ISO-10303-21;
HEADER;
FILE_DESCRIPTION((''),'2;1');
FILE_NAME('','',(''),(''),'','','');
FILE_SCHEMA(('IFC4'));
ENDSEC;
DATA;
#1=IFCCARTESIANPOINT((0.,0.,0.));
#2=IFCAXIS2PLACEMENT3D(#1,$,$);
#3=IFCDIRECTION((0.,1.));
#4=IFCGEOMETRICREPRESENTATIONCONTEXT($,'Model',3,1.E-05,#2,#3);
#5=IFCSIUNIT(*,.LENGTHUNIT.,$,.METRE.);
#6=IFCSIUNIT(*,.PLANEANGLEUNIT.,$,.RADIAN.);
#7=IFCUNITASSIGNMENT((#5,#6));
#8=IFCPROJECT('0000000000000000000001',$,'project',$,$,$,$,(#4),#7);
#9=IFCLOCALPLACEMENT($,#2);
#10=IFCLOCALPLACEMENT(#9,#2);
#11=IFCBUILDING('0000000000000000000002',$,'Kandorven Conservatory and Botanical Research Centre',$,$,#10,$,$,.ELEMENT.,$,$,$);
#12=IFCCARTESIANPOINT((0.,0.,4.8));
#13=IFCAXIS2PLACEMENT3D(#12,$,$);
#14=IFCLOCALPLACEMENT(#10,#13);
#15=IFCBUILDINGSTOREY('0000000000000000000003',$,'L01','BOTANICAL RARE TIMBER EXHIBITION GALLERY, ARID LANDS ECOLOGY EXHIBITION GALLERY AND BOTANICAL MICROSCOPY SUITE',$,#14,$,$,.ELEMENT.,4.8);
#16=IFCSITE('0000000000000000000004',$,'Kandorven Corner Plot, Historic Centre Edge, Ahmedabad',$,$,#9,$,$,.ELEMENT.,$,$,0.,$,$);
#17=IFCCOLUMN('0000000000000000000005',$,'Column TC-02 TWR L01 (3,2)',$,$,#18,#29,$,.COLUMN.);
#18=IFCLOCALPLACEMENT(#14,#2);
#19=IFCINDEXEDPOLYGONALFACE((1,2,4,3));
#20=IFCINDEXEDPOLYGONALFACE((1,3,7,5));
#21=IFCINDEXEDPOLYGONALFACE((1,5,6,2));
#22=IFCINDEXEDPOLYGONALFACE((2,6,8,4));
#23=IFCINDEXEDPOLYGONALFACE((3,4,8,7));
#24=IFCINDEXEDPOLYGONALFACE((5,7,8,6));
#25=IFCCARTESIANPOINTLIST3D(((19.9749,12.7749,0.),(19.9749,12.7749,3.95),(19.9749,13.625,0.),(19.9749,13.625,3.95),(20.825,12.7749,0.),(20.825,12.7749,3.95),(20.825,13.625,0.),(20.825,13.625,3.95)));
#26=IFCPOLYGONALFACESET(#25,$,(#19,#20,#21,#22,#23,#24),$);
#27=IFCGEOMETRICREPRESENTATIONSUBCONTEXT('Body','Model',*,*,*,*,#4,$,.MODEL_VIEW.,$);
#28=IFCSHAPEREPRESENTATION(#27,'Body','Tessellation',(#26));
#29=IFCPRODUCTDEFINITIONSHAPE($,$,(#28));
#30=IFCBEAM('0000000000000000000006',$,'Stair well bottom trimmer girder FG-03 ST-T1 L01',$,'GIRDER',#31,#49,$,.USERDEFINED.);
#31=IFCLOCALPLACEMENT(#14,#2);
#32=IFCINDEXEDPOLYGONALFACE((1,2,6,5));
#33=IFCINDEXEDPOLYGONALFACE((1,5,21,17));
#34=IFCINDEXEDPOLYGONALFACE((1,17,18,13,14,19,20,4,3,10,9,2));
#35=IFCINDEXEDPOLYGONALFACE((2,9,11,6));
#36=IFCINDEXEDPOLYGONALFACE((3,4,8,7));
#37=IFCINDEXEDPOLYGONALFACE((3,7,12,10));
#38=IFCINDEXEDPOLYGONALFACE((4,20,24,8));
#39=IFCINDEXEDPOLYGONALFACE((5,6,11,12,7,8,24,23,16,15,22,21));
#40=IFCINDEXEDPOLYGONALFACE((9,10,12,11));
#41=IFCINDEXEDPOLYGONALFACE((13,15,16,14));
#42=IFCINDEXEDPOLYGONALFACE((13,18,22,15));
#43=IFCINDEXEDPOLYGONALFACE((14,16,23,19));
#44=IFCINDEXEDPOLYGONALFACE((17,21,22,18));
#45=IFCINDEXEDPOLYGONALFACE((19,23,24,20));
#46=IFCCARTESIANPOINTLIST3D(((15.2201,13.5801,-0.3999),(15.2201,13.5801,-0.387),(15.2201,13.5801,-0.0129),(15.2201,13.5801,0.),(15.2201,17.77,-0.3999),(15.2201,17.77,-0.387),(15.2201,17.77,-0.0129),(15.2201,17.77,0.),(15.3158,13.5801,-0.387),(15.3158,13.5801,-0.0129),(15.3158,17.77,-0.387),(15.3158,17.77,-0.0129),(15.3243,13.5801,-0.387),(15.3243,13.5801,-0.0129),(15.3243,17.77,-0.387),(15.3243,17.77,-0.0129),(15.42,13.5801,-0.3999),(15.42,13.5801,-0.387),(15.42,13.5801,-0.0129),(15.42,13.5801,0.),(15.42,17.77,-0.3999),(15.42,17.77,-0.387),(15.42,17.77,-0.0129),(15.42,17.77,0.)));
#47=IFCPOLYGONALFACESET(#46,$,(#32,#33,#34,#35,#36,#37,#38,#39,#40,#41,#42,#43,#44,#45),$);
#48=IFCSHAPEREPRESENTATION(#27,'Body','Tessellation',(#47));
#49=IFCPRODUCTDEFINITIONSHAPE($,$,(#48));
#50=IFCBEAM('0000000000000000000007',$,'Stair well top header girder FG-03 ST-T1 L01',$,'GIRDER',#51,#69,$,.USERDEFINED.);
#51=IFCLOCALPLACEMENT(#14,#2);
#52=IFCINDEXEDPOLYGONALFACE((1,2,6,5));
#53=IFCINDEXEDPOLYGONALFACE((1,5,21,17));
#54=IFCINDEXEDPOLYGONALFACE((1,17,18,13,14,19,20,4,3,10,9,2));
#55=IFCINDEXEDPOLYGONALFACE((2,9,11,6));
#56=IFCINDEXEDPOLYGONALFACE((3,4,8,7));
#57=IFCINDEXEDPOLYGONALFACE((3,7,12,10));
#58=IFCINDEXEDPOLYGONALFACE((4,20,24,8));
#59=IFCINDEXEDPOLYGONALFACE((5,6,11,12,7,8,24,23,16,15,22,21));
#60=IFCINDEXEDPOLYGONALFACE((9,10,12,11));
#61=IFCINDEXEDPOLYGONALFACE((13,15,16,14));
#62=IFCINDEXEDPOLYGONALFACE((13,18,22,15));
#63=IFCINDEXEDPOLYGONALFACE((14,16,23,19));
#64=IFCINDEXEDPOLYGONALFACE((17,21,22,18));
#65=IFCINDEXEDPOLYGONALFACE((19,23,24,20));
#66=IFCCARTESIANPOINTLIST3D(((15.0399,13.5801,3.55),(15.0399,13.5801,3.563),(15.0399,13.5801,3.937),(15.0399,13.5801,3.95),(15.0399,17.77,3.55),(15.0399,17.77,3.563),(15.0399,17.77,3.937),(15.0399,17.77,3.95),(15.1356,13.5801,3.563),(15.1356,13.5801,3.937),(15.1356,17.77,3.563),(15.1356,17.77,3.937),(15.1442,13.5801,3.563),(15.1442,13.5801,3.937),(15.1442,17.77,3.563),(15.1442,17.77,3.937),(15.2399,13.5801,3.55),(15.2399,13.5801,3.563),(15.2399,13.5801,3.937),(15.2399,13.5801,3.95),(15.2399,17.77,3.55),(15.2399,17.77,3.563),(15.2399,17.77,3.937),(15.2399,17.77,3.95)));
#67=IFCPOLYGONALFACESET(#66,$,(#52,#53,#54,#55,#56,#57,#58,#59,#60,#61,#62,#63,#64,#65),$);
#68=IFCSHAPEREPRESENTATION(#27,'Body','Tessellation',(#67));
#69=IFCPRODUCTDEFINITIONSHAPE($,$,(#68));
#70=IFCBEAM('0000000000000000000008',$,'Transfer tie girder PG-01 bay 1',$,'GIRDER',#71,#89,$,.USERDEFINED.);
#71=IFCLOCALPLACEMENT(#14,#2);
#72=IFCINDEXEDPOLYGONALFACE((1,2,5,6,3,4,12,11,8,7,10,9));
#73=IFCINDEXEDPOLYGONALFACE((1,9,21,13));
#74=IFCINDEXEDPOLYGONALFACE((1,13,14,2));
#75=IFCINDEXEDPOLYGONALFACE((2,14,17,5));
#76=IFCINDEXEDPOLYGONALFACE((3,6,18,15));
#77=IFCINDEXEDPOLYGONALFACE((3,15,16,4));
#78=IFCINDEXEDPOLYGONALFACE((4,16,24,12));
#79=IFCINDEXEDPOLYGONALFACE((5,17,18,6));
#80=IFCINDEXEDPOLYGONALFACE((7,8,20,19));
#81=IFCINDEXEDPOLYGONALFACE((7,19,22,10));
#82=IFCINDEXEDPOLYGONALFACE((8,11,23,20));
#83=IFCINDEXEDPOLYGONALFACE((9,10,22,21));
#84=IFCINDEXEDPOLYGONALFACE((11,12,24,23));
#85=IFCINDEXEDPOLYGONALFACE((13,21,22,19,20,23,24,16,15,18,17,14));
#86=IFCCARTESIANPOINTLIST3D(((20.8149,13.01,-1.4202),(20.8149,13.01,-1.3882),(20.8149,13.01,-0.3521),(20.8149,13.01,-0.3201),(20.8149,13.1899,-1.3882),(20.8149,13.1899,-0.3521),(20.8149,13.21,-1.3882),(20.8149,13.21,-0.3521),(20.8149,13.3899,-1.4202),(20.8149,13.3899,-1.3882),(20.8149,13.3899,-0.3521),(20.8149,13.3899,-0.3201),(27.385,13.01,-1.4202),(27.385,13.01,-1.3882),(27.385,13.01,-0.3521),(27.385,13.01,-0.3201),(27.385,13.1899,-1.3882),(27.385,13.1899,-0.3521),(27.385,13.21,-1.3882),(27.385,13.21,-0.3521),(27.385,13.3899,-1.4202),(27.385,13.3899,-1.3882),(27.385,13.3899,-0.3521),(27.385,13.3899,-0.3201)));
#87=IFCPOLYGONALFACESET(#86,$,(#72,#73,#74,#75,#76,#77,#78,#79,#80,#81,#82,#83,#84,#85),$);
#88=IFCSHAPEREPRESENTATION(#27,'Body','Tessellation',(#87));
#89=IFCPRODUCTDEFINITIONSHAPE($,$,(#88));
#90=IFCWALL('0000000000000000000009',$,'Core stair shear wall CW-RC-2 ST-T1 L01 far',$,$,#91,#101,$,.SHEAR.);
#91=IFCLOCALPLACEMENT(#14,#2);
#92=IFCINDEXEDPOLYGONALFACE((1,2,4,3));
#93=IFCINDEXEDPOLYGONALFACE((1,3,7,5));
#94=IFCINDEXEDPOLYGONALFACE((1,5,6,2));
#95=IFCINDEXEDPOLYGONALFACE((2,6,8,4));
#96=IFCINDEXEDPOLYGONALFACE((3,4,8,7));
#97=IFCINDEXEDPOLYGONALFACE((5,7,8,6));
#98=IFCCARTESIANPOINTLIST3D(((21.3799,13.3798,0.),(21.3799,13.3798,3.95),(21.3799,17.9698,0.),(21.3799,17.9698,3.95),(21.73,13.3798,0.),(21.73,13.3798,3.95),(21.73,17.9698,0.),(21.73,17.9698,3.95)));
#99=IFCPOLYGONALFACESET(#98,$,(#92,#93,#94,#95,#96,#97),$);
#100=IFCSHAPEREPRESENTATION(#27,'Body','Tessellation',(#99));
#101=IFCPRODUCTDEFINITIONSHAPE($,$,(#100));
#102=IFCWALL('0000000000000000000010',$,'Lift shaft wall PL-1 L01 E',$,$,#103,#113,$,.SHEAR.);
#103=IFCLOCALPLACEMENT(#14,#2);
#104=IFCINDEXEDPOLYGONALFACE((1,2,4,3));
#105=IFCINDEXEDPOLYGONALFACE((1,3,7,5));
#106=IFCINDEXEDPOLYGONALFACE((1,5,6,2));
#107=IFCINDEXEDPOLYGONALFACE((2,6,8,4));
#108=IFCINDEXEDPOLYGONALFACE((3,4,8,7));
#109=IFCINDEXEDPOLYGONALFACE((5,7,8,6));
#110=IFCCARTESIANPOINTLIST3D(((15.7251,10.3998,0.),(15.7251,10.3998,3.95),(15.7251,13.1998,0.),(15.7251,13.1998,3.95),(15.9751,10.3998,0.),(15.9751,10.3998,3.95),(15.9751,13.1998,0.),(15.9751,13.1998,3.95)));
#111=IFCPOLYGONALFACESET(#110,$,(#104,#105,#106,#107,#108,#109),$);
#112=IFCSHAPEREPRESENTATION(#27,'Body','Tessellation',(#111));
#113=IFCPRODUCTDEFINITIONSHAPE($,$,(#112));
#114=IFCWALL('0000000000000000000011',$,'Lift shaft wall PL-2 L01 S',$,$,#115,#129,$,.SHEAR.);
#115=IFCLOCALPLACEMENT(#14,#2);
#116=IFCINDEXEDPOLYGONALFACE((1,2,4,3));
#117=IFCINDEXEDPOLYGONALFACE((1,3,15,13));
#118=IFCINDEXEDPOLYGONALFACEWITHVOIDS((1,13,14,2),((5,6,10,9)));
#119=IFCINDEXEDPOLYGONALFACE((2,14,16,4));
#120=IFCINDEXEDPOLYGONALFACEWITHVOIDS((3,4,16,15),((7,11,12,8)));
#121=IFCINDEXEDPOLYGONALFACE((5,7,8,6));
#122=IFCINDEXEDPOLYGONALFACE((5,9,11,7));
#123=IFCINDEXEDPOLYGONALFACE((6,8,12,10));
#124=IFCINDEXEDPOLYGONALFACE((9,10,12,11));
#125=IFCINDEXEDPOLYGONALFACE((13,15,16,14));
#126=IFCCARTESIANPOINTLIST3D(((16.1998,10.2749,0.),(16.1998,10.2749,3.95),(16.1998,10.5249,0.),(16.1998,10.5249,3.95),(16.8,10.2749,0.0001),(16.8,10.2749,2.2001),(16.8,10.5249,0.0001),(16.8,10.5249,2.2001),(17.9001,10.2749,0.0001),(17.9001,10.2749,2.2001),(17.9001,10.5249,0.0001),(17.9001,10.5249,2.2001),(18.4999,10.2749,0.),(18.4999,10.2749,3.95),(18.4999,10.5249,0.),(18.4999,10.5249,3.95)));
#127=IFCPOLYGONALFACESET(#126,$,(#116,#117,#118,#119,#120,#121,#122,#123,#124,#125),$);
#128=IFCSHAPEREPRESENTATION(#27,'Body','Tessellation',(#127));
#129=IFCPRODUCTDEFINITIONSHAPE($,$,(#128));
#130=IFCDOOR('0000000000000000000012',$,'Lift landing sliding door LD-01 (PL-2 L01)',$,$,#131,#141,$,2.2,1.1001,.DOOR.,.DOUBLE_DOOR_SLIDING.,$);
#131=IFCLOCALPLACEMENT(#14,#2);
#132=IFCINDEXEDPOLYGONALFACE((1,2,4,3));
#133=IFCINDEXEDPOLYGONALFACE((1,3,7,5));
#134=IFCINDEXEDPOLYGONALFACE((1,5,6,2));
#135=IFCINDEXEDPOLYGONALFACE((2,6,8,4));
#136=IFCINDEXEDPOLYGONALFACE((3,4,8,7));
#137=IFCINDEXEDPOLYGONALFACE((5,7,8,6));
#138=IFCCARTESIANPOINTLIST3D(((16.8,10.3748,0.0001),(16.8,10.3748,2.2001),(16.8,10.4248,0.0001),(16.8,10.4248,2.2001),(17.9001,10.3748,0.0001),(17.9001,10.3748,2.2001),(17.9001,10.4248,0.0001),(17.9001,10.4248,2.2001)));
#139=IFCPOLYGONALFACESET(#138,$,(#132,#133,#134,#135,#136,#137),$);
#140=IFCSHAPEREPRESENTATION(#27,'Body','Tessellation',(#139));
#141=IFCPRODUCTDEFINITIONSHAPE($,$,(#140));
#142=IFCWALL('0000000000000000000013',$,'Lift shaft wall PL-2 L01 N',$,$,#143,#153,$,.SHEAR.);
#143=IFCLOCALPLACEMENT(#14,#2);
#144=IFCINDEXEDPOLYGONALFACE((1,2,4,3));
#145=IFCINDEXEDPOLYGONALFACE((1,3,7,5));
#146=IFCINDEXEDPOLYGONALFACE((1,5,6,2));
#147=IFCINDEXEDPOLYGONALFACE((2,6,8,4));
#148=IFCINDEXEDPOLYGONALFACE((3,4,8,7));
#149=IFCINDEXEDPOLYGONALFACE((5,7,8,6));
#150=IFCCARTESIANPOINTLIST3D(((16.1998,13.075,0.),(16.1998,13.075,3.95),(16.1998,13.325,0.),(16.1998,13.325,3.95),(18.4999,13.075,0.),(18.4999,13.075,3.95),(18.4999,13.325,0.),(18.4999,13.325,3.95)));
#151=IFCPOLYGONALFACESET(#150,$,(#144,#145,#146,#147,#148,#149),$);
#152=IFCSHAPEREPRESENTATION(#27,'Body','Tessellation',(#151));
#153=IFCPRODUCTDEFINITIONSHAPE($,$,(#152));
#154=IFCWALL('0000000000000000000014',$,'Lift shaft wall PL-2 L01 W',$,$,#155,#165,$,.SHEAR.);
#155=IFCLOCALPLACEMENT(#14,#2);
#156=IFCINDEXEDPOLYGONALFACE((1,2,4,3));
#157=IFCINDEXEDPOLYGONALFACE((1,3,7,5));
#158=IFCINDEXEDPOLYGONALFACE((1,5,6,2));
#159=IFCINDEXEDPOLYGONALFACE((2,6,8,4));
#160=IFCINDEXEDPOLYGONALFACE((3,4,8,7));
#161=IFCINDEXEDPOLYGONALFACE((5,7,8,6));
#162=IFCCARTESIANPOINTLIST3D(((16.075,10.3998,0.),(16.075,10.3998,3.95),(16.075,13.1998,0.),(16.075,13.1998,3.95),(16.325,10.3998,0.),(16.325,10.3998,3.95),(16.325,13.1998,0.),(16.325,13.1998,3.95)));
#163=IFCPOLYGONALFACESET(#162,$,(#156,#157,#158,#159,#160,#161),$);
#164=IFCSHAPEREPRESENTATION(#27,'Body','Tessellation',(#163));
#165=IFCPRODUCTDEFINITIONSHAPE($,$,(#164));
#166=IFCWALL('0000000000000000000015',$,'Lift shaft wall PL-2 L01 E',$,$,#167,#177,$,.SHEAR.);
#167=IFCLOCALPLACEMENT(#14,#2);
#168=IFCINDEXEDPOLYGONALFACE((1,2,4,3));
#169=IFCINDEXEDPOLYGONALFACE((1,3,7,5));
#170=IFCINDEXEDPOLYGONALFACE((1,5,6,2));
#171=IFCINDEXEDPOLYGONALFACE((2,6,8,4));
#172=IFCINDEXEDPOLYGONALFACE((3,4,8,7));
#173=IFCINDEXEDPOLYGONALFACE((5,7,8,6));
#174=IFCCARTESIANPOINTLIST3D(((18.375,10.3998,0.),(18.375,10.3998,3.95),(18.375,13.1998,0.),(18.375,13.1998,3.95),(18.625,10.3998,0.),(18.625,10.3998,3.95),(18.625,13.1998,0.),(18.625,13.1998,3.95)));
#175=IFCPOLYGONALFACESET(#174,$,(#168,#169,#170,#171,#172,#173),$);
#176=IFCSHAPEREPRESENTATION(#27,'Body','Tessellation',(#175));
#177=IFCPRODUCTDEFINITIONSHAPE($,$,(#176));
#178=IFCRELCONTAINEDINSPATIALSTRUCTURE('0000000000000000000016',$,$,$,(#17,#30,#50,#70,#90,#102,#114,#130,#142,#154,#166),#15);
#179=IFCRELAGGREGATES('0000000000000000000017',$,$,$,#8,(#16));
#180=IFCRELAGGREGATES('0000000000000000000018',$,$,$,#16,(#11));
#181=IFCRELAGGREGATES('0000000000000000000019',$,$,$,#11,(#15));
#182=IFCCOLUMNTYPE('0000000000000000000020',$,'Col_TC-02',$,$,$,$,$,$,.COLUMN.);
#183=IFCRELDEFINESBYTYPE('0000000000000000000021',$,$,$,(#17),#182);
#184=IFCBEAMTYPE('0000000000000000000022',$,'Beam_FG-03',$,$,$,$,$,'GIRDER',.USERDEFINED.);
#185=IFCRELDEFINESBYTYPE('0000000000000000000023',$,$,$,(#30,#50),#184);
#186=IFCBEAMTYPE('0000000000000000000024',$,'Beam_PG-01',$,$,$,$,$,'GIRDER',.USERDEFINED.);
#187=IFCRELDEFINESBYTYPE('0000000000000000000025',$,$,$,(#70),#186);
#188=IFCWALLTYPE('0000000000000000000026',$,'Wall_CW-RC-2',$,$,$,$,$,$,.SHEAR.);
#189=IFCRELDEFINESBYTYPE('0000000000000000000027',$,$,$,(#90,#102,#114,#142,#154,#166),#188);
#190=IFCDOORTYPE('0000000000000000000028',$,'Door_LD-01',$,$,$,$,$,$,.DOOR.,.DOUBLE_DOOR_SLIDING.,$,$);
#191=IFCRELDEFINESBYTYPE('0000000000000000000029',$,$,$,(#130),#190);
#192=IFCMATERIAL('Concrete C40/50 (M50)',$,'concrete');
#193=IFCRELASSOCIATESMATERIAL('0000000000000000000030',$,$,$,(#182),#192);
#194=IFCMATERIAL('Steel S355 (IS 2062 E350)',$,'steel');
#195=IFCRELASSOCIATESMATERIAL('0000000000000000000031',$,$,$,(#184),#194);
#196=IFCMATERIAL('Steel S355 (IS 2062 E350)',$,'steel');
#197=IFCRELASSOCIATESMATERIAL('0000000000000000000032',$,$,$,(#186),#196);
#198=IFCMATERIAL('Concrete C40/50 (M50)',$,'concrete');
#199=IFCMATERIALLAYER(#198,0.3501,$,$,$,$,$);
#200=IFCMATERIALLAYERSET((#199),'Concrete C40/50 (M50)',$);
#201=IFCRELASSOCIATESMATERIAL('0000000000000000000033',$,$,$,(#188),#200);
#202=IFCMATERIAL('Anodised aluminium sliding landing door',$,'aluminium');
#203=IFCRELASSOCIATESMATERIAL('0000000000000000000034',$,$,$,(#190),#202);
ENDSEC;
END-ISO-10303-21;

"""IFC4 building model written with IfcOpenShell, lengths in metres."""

from ifc_helpers import new_model, si_unit, direction, frame, frame_2d, origin, origin_2d, place, context, subcontext, project, spatial, rectangle, i_section, extrude, material, layer, layer_set, material_profile, profile_set, type_object, element, fill, save


model = new_model("IFC4")

# Units and contexts
model_context = context("Model", 3, precision=1e-05, world=origin(), true_north=direction((0.0, 1.0)))
body_context = subcontext(model_context, "Body", "Model", "MODEL_VIEW")
ifc_project = project(units=[si_unit("LENGTHUNIT", "METRE"), si_unit("PLANEANGLEUNIT", "RADIAN")], contexts=[model_context])

# Site, building, storey
site_placement = place(None, origin())
site = spatial("IfcSite", under=ifc_project, at=site_placement, Name="Kandorven Corner Plot, Historic Centre Edge, Ahmedabad", CompositionType="ELEMENT", RefElevation=0.0)
building_placement = place(site_placement, origin())
building = spatial("IfcBuilding", under=site, at=building_placement, Name="Kandorven Conservatory and Botanical Research Centre", CompositionType="ELEMENT")
storey_placement = place(building_placement, frame((0.0, 0.0, 4.8)))
storey = spatial("IfcBuildingStorey", under=building, at=storey_placement, Name="L01", Description="BOTANICAL RARE TIMBER EXHIBITION GALLERY, ARID LANDS ECOLOGY EXHIBITION GALLERY AND BOTANICAL MICROSCOPY SUITE", CompositionType="ELEMENT", Elevation=4.8)

# Column
ifc_material_1 = material(Name="Concrete C40/50 (M50)", Category="concrete")
ifc_material_profile_1 = material_profile(ifc_material_1, rectangle(XDim=0.8501, YDim=0.8501, at=origin_2d()))
ifc_profile_set_1 = profile_set([ifc_material_profile_1], Name="Concrete C40/50 (M50)")
column_type = type_object("IfcColumnType", Name="Col_TC-02", PredefinedType="COLUMN", material=ifc_profile_set_1)
column_placement = place(storey_placement, frame((20.3999, 13.2, 0.0), z_axis=(0.0, 0.0, 1.0), x_axis=(1.0, 0.0, 0.0)))
element("IfcColumn", 1, at=column_placement, inside=storey, type_object=column_type, Name="Column TC-02 TWR L01 (3,2)", PredefinedType="COLUMN", context=body_context, shape_type="SweptSolid", body=[
    extrude(rectangle(XDim=0.8501, YDim=0.8501, at=origin_2d()), origin(), (0.0, 0.0, 1.0), 3.95),
])

# Beams
ifc_material_2 = material(Name="Steel S355 (IS 2062 E350)", Category="steel")
ifc_material_profile_2 = material_profile(ifc_material_2, i_section(OverallWidth=0.2, OverallDepth=0.3999, WebThickness=0.0085, FlangeThickness=0.0129, at=origin_2d()))
ifc_profile_set_2 = profile_set([ifc_material_profile_2], Name="Steel S355 (IS 2062 E350)")
beam_type_1 = type_object("IfcBeamType", Name="Beam_FG-03", ElementType="GIRDER", PredefinedType="USERDEFINED", material=ifc_profile_set_2)
for number, where, z_axis, x_axis, name in (
    (2, (15.3201, 13.5801, -0.2), (0.0, 1.0, 0.0), (-1.0, 0.0, 0.0), "Stair well bottom trimmer girder FG-03 ST-T1 L01"),
    (3, (15.1399, 13.5801, 3.75), (0.0, 1.0, 0.0), (-1.0, 0.0, 0.0), "Stair well top header girder FG-03 ST-T1 L01"),
):
    element("IfcBeam", number, at=place(storey_placement, frame(where, z_axis=z_axis, x_axis=x_axis)), inside=storey, type_object=beam_type_1, Name=name, ObjectType="GIRDER", PredefinedType="USERDEFINED", context=body_context, shape_type="SweptSolid", body=[
        extrude(i_section(OverallWidth=0.2, OverallDepth=0.3999, WebThickness=0.0085, FlangeThickness=0.0129, at=origin_2d()), origin(), (0.0, 0.0, 1.0), 4.1899),
    ])
ifc_material_3 = material(Name="Steel S355 (IS 2062 E350)", Category="steel")
ifc_material_profile_3 = material_profile(ifc_material_3, i_section(OverallWidth=0.3799, OverallDepth=1.1001, WebThickness=0.02, FlangeThickness=0.032, at=origin_2d()))
ifc_profile_set_3 = profile_set([ifc_material_profile_3], Name="Steel S355 (IS 2062 E350)")
beam_type_2 = type_object("IfcBeamType", Name="Beam_PG-01", ElementType="GIRDER", PredefinedType="USERDEFINED", material=ifc_profile_set_3)
beam_placement = place(storey_placement, frame((20.8149, 13.2, -0.8701), z_axis=(1.0, 0.0, 0.0), x_axis=(0.0, 1.0, 0.0)))
element("IfcBeam", 4, at=beam_placement, inside=storey, type_object=beam_type_2, Name="Transfer tie girder PG-01 bay 1", ObjectType="GIRDER", PredefinedType="USERDEFINED", context=body_context, shape_type="SweptSolid", body=[
    extrude(i_section(OverallWidth=0.3799, OverallDepth=1.1001, WebThickness=0.02, FlangeThickness=0.032, at=origin_2d()), origin(), (0.0, 0.0, 1.0), 6.5701),
])

# Walls
ifc_material_4 = material(Name="Concrete C40/50 (M50)", Category="concrete")
ifc_layer_1 = layer(ifc_material_4, 0.3501)
ifc_layer_set_1 = layer_set([ifc_layer_1], Name="Concrete C40/50 (M50)")
wall_type_1 = type_object("IfcWallType", Name="Wall_CW-RC-2", PredefinedType="SHEAR", material=ifc_layer_set_1)
wall_1_placement = place(storey_placement, frame((21.5549, 13.3799, 0.0), z_axis=(0.0, 0.0, 1.0), x_axis=(0.0, 1.0, 0.0)))
element("IfcWall", 5, at=wall_1_placement, inside=storey, type_object=wall_type_1, Name="Core stair shear wall CW-RC-2 ST-T1 L01 far", PredefinedType="SHEAR", context=body_context, shape_type="SweptSolid", body=[
    extrude(rectangle(XDim=4.5901, YDim=0.3501, at=frame_2d((2.2949, 0.0))), origin(), (0.0, 0.0, 1.0), 3.95),
])
wall_2_placement = place(storey_placement, frame((15.8501, 10.3999, 0.0), z_axis=(0.0, 0.0, 1.0), x_axis=(0.0, 1.0, 0.0)))
element("IfcWall", 6, at=wall_2_placement, inside=storey, type_object=wall_type_1, Name="Lift shaft wall PL-1 L01 E", PredefinedType="SHEAR", context=body_context, shape_type="SweptSolid", body=[
    extrude(rectangle(XDim=2.8, YDim=0.25, at=frame_2d((1.3999, 0.0))), origin(), (0.0, 0.0, 1.0), 3.95),
])

# Wall, opening, door
wall_3_placement = place(storey_placement, frame((16.2, 10.3999, 0.0), z_axis=(0.0, 0.0, 1.0), x_axis=(1.0, 0.0, 0.0)))
wall_3 = element("IfcWall", 7, at=wall_3_placement, inside=storey, type_object=wall_type_1, Name="Lift shaft wall PL-2 L01 S", PredefinedType="SHEAR", context=body_context, shape_type="SweptSolid", body=[
    extrude(rectangle(XDim=2.3, YDim=0.25, at=frame_2d((1.1499, 0.0))), origin(), (0.0, 0.0, 1.0), 3.95),
])
opening_1_placement = place(wall_3_placement, frame((0.6001, 0.0, 0.0)))
opening_1 = element("IfcOpeningElement", 8, at=opening_1_placement, cuts=wall_3, PredefinedType="OPENING", context=body_context, shape_type="SweptSolid", body=[
    extrude(rectangle(XDim=1.1001, YDim=2.2, at=frame_2d((0.55, 1.1001))), frame((0.0, 0.135, 0.0), z_axis=(0.0, -1.0, 0.0), x_axis=(1.0, 0.0, 0.0)), (0.0, 0.0, 1.0), 0.27),
])
ifc_material_5 = material(Name="Anodised aluminium sliding landing door", Category="aluminium")
door_type_1 = type_object("IfcDoorType", Name="Door_LD-01", OperationType="DOUBLE_DOOR_SLIDING", PredefinedType="DOOR", material=ifc_material_5)
door_1_placement = place(opening_1_placement, origin())
door_1 = element("IfcDoor", 9, at=door_1_placement, inside=storey, type_object=door_type_1, Name="Lift landing sliding door LD-01 (PL-2 L01)", OperationType="DOUBLE_DOOR_SLIDING", OverallHeight=2.2, OverallWidth=1.1001, PredefinedType="DOOR", context=body_context, shape_type="SweptSolid", body=[
    extrude(rectangle(XDim=1.1001, YDim=2.2, at=frame_2d((0.55, 1.1001))), frame((0.0, 0.0249, 0.0), z_axis=(0.0, -1.0, 0.0), x_axis=(1.0, 0.0, 0.0)), (0.0, 0.0, 1.0), 0.05),
])
fill(opening_1, door_1)

# Walls
wall_4_placement = place(storey_placement, frame((16.2, 13.2, 0.0), z_axis=(0.0, 0.0, 1.0), x_axis=(1.0, 0.0, 0.0)))
element("IfcWall", 10, at=wall_4_placement, inside=storey, type_object=wall_type_1, Name="Lift shaft wall PL-2 L01 N", PredefinedType="SHEAR", context=body_context, shape_type="SweptSolid", body=[
    extrude(rectangle(XDim=2.3, YDim=0.25, at=frame_2d((1.1499, 0.0))), origin(), (0.0, 0.0, 1.0), 3.95),
])
for number, where, z_axis, x_axis, name in (
    (11, (16.2, 10.3999, 0.0), (0.0, 0.0, 1.0), (0.0, 1.0, 0.0), "Lift shaft wall PL-2 L01 W"),
    (12, (18.5, 10.3999, 0.0), (0.0, 0.0, 1.0), (0.0, 1.0, 0.0), "Lift shaft wall PL-2 L01 E"),
):
    element("IfcWall", number, at=place(storey_placement, frame(where, z_axis=z_axis, x_axis=x_axis)), inside=storey, type_object=wall_type_1, Name=name, PredefinedType="SHEAR", context=body_context, shape_type="SweptSolid", body=[
        extrude(rectangle(XDim=2.8, YDim=0.25, at=frame_2d((1.3999, 0.0))), origin(), (0.0, 0.0, 1.0), 3.95),
    ])

save(model, "model.ifc")
